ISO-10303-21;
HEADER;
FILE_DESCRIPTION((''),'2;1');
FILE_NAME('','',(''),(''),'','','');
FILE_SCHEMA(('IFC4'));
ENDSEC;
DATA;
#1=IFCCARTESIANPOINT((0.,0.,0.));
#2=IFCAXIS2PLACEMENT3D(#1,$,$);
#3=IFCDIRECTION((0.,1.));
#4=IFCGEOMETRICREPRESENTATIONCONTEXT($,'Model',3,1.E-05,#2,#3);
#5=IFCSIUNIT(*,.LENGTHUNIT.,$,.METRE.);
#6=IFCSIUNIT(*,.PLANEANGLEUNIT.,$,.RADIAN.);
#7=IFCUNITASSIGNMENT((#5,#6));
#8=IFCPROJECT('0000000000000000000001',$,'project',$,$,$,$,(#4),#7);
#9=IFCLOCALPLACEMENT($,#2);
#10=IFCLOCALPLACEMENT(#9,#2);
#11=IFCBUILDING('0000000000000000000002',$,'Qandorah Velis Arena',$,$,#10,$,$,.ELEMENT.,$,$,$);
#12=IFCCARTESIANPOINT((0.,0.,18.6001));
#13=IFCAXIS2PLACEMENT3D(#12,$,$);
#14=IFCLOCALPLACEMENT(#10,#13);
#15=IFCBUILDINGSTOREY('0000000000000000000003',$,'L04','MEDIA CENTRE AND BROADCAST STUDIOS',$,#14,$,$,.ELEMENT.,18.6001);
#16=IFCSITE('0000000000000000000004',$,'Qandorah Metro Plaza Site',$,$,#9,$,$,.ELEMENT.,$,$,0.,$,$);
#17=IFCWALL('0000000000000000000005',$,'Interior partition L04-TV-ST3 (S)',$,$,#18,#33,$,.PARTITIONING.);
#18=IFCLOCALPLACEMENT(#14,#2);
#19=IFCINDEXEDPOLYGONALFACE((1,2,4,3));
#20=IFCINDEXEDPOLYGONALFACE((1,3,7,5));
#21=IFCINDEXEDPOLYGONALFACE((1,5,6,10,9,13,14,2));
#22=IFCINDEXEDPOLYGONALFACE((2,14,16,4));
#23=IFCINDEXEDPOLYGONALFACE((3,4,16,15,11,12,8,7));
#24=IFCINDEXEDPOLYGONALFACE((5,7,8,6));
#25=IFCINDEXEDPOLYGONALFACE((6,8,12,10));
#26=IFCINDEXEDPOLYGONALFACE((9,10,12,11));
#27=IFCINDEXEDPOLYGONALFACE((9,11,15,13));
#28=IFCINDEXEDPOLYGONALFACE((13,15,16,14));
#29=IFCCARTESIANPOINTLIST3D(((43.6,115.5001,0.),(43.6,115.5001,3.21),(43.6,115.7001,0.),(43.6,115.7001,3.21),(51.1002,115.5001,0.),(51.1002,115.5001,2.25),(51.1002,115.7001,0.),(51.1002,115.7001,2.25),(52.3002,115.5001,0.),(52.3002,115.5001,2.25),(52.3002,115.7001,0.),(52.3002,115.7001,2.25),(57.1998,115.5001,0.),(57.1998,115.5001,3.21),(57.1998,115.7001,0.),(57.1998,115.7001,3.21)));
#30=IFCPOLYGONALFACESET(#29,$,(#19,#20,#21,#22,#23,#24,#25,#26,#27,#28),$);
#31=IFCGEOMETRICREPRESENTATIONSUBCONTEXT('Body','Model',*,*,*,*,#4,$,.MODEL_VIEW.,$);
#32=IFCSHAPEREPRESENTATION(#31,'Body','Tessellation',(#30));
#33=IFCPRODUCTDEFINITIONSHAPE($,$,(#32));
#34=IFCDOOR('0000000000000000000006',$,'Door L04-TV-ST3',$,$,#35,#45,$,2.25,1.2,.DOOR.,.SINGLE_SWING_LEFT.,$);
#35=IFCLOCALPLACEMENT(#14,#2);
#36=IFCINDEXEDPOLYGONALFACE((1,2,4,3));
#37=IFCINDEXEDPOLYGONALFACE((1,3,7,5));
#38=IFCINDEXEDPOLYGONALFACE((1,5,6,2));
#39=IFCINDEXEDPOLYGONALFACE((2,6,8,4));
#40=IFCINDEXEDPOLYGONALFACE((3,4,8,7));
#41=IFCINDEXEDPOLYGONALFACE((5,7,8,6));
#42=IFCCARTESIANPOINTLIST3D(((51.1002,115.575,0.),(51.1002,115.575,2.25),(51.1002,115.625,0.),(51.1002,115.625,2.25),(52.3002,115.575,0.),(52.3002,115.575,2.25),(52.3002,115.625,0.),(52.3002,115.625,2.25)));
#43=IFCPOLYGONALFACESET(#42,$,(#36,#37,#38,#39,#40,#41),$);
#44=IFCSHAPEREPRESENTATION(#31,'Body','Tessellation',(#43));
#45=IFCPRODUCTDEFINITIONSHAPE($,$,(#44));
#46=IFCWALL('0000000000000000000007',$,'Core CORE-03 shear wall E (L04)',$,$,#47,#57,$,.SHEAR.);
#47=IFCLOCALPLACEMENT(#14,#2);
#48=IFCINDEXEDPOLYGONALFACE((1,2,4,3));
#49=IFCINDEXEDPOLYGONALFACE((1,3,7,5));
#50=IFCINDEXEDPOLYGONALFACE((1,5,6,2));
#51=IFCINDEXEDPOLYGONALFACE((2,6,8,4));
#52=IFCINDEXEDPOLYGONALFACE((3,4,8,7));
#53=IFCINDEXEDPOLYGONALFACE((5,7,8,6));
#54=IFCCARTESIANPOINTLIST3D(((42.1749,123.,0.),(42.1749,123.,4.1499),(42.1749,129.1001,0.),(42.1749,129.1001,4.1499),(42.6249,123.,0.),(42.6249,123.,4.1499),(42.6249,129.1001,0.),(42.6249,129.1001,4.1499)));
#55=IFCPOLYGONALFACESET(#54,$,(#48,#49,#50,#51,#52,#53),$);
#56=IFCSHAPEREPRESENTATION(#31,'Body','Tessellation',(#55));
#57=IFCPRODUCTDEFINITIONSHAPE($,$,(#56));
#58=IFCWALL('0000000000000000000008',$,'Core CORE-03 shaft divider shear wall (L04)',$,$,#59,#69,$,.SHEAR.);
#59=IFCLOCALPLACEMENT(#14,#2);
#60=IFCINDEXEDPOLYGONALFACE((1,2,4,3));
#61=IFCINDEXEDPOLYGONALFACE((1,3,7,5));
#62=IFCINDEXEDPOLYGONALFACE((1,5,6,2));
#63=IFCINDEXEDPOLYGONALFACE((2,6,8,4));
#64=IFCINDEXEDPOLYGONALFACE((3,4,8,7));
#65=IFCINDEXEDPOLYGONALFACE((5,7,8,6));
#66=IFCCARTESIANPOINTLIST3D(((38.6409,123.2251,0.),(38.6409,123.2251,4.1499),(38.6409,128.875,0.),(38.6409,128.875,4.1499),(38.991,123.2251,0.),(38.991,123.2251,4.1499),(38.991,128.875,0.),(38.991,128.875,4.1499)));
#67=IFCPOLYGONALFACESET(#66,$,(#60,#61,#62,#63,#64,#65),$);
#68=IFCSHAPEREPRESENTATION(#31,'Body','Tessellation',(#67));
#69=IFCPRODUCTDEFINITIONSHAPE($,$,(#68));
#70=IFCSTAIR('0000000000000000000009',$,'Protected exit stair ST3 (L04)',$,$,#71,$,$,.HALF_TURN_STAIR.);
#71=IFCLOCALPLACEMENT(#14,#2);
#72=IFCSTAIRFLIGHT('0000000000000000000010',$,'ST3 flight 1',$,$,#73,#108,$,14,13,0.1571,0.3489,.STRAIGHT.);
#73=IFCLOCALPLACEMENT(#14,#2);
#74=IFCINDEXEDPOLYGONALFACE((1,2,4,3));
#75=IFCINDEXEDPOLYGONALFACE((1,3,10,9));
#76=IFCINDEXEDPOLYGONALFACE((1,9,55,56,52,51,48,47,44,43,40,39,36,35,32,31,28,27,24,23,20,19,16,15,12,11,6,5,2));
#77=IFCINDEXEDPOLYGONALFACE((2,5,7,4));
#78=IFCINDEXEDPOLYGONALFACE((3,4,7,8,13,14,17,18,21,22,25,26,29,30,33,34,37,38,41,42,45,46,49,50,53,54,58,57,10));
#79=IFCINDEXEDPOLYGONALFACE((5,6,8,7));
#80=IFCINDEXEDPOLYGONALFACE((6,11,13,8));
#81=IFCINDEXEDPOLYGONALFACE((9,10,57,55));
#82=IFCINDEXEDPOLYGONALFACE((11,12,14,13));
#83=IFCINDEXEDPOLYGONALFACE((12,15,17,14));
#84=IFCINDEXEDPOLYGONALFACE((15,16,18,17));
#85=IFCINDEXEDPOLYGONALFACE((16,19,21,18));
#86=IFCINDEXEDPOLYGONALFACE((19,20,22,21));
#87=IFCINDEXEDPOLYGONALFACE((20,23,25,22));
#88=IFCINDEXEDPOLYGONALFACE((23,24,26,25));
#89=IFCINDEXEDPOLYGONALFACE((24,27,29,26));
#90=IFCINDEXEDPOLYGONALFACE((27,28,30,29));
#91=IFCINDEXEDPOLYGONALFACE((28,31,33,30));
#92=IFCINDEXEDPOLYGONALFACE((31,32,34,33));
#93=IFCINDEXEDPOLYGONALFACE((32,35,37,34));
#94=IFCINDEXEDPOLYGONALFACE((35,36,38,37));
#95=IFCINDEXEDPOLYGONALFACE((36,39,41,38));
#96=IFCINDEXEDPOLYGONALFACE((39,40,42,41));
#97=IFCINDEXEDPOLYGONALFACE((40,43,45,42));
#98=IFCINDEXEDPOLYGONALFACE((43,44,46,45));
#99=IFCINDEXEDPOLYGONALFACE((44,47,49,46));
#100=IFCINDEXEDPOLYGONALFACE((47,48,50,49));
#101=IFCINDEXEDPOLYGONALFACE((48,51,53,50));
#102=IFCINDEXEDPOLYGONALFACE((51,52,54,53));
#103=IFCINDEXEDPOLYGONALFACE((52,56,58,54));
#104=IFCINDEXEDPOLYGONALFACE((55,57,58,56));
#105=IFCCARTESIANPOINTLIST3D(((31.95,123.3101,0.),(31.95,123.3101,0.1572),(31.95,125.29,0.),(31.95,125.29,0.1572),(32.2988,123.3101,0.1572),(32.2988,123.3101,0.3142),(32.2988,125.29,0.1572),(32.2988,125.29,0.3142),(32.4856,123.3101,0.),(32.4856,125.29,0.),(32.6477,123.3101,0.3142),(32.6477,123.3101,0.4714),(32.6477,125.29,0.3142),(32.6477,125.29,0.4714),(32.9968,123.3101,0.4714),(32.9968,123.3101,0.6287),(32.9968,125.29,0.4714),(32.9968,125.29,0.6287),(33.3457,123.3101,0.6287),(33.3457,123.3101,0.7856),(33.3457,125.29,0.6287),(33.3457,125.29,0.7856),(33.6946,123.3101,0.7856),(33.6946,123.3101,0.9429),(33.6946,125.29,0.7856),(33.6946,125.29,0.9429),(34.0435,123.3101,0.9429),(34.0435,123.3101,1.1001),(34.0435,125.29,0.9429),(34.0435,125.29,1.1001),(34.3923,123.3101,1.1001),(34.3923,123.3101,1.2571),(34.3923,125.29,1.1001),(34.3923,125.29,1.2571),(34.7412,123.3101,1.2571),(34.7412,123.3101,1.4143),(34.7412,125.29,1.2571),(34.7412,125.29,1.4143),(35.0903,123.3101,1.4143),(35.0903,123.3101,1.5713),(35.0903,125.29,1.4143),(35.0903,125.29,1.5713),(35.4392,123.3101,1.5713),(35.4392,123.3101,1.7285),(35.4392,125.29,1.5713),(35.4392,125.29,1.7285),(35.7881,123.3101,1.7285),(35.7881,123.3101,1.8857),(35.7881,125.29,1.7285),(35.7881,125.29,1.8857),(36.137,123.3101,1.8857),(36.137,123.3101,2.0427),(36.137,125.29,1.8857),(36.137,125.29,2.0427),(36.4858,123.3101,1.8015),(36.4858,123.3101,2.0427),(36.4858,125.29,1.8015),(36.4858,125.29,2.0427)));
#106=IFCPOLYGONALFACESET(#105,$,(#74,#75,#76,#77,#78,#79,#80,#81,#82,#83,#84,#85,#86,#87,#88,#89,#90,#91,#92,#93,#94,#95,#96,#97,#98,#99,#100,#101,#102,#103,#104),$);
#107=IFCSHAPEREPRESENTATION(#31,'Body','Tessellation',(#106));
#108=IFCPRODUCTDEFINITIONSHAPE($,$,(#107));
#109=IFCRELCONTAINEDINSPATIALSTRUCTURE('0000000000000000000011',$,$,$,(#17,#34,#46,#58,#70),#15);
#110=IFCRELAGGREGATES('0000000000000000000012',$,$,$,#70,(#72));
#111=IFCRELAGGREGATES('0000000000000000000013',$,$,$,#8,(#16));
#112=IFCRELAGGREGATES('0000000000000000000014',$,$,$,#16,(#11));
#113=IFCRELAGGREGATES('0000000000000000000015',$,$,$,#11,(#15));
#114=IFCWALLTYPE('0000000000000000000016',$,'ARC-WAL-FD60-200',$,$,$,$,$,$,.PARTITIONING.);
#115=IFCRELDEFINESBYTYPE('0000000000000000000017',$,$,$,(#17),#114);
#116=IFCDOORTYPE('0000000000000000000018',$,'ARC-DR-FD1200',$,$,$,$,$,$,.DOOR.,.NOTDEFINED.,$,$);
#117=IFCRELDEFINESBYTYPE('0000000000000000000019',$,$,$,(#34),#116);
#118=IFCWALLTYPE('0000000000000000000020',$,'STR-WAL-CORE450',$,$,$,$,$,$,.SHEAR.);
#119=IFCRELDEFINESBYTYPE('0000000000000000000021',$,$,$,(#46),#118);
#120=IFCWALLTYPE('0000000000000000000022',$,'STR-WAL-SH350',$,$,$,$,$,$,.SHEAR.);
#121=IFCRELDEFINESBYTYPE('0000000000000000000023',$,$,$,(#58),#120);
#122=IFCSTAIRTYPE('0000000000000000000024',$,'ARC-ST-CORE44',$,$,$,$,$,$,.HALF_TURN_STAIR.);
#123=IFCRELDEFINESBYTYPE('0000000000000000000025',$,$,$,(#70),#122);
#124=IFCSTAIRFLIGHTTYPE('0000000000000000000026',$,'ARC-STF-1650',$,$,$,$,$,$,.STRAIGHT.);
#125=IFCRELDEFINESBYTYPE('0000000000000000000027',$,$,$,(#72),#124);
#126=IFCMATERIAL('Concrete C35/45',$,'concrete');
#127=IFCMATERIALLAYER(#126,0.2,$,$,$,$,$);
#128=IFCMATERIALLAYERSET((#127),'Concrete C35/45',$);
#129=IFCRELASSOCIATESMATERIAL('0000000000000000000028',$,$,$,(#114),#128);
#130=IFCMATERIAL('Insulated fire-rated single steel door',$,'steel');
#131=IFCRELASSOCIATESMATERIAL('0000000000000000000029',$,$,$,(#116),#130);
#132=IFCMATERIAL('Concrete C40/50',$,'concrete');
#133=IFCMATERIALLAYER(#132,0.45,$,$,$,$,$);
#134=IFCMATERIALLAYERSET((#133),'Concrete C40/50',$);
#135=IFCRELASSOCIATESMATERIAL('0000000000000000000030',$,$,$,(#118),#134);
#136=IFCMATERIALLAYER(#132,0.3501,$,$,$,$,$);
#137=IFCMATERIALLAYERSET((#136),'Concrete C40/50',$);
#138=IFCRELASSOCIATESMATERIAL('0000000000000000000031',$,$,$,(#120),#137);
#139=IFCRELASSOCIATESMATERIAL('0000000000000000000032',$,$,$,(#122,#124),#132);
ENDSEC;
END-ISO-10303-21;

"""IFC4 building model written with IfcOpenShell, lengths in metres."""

from ifc_helpers import new_model, si_unit, direction, frame, frame_2d, origin, place, context, subcontext, project, spatial, polyline, rectangle, outline, extrude, material, layer, layer_set, type_object, element, fill, aggregate, save


model = new_model("IFC4")

# Units and contexts
model_context = context("Model", 3, precision=1e-05, world=origin(), true_north=direction((0.0, 1.0)))
body_context = subcontext(model_context, "Body", "Model", "MODEL_VIEW")
ifc_project = project(units=[si_unit("LENGTHUNIT", "METRE"), si_unit("PLANEANGLEUNIT", "RADIAN")], contexts=[model_context])

# Site, building, storey
site_placement = place(None, origin())
site = spatial("IfcSite", under=ifc_project, at=site_placement, Name="Qandorah Metro Plaza Site", CompositionType="ELEMENT", RefElevation=0.0)
building_placement = place(site_placement, origin())
building = spatial("IfcBuilding", under=site, at=building_placement, Name="Qandorah Velis Arena", CompositionType="ELEMENT")
storey_placement = place(building_placement, frame((0.0, 0.0, 18.6001)))
storey = spatial("IfcBuildingStorey", under=building, at=storey_placement, Name="L04", Description="MEDIA CENTRE AND BROADCAST STUDIOS", CompositionType="ELEMENT", Elevation=18.6001)

# Shared definitions
ifc_material_1 = material(Name="Concrete C40/50", Category="concrete")

# Shared definitions
ifc_material_2 = material(Name="Concrete C35/45", Category="concrete")
ifc_layer_1 = layer(ifc_material_2, 0.2)
ifc_layer_set_1 = layer_set([ifc_layer_1], Name="Concrete C35/45")
wall_type_1 = type_object("IfcWallType", Name="ARC-WAL-FD60-200", PredefinedType="PARTITIONING", material=ifc_layer_set_1)

# Wall, opening, door
wall_1_placement = place(storey_placement, frame((43.6001, 115.6001, 0.0), z_axis=(0.0, 0.0, 1.0), x_axis=(1.0, 0.0, 0.0)))
wall_1 = element("IfcWall", 1, at=wall_1_placement, inside=storey, type_object=wall_type_1, Name="Interior partition L04-TV-ST3 (S)", PredefinedType="PARTITIONING", context=body_context, shape_type="SweptSolid", body=[
    extrude(rectangle(XDim=13.5999, YDim=0.2, at=frame_2d((6.7998, 0.0))), origin(), (0.0, 0.0, 1.0), 3.21),
])
opening_placement = place(wall_1_placement, frame((7.5, 0.0, 0.0)))
opening = element("IfcOpeningElement", 2, at=opening_placement, cuts=wall_1, PredefinedType="OPENING", context=body_context, shape_type="SweptSolid", body=[
    extrude(rectangle(XDim=1.2, YDim=2.25, at=frame_2d((0.6001, 1.125))), frame((0.0, 0.1099, 0.0), z_axis=(0.0, -1.0, 0.0), x_axis=(1.0, 0.0, 0.0)), (0.0, 0.0, 1.0), 0.22),
])
ifc_material_3 = material(Name="Insulated fire-rated single steel door", Category="steel")
door_type = type_object("IfcDoorType", Name="ARC-DR-FD1200", OperationType="NOTDEFINED", PredefinedType="DOOR", material=ifc_material_3)
door_placement = place(opening_placement, origin())
door = element("IfcDoor", 3, at=door_placement, inside=storey, type_object=door_type, Name="Door L04-TV-ST3", OperationType="SINGLE_SWING_LEFT", OverallHeight=2.25, OverallWidth=1.2, PredefinedType="DOOR", context=body_context, shape_type="SweptSolid", body=[
    extrude(rectangle(XDim=1.2, YDim=2.25, at=frame_2d((0.6001, 1.125))), frame((0.0, 0.0249, 0.0), z_axis=(0.0, -1.0, 0.0), x_axis=(1.0, 0.0, 0.0)), (0.0, 0.0, 1.0), 0.05),
])
fill(opening, door)

# Walls
ifc_layer_2 = layer(ifc_material_1, 0.45)
ifc_layer_set_2 = layer_set([ifc_layer_2], Name="Concrete C40/50")
wall_type_2 = type_object("IfcWallType", Name="STR-WAL-CORE450", PredefinedType="SHEAR", material=ifc_layer_set_2)
wall_2_placement = place(storey_placement, frame((42.3999, 123.0, 0.0), z_axis=(0.0, 0.0, 1.0), x_axis=(0.0, 1.0, 0.0)))
element("IfcWall", 4, at=wall_2_placement, inside=storey, type_object=wall_type_2, Name="Core CORE-03 shear wall E (L04)", PredefinedType="SHEAR", context=body_context, shape_type="SweptSolid", body=[
    extrude(rectangle(XDim=6.1001, YDim=0.45, at=frame_2d((3.05, 0.0))), origin(), (0.0, 0.0, 1.0), 4.1499),
])
ifc_layer_3 = layer(ifc_material_1, 0.3501)
ifc_layer_set_3 = layer_set([ifc_layer_3], Name="Concrete C40/50")
wall_type_3 = type_object("IfcWallType", Name="STR-WAL-SH350", PredefinedType="SHEAR", material=ifc_layer_set_3)
wall_3_placement = place(storey_placement, frame((38.8159, 123.2251, 0.0), z_axis=(0.0, 0.0, 1.0), x_axis=(0.0, 1.0, 0.0)))
element("IfcWall", 5, at=wall_3_placement, inside=storey, type_object=wall_type_3, Name="Core CORE-03 shaft divider shear wall (L04)", PredefinedType="SHEAR", context=body_context, shape_type="SweptSolid", body=[
    extrude(rectangle(XDim=5.6499, YDim=0.3501, at=frame_2d((2.825, 0.0))), origin(), (0.0, 0.0, 1.0), 4.1499),
])

# Stair, stair flight
stair_type = type_object("IfcStairType", Name="ARC-ST-CORE44", PredefinedType="HALF_TURN_STAIR", material=ifc_material_1)
stair_placement = place(storey_placement, origin())
stair = element("IfcStair", 6, at=stair_placement, inside=storey, type_object=stair_type, Name="Protected exit stair ST3 (L04)", PredefinedType="HALF_TURN_STAIR")
stair_flight_type = type_object("IfcStairFlightType", Name="ARC-STF-1650", PredefinedType="STRAIGHT", material=ifc_material_1)
stair_flight_placement = place(storey_placement, frame((31.95, 124.3, 0.0), z_axis=(0.0, 0.0, 1.0), x_axis=(1.0, 0.0, 0.0)))
stair_flight = element("IfcStairFlight", 7, at=stair_flight_placement, type_object=stair_flight_type, Name="ST3 flight 1", NumberOfRisers=14, NumberOfTreads=13, PredefinedType="STRAIGHT", RiserHeight=0.1571, TreadLength=0.3489, context=body_context, shape_type="SweptSolid", body=[
    extrude(outline(polyline([(0.0, 0.0), (0.0, 0.1572), (0.3489, 0.1572), (0.3489, 0.3142), (0.6978, 0.3142), (0.6978, 0.4714), (1.0469, 0.4714), (1.0469, 0.6287), (1.3958, 0.6287), (1.3958, 0.7856), (1.7446, 0.7856), (1.7446, 0.9429), (2.0935, 0.9429), (2.0935, 1.1001), (2.4424, 1.1001), (2.4424, 1.2571), (2.7913, 1.2571), (2.7913, 1.4143), (3.1404, 1.4143), (3.1404, 1.5713), (3.4893, 1.5713), (3.4893, 1.7285), (3.8381, 1.7285), (3.8381, 1.8857), (4.187, 1.8857), (4.187, 2.0427), (4.5359, 2.0427), (4.5359, 2.2), (4.5359, 1.8015), (0.5356, 0.0), (0.0, 0.0)])), frame((0.0, 0.99, 0.0), z_axis=(0.0, -1.0, 0.0), x_axis=(1.0, 0.0, 0.0)), (0.0, 0.0, 1.0), 1.98),
])
aggregate(stair, [stair_flight])

save(model, "model.ifc")
